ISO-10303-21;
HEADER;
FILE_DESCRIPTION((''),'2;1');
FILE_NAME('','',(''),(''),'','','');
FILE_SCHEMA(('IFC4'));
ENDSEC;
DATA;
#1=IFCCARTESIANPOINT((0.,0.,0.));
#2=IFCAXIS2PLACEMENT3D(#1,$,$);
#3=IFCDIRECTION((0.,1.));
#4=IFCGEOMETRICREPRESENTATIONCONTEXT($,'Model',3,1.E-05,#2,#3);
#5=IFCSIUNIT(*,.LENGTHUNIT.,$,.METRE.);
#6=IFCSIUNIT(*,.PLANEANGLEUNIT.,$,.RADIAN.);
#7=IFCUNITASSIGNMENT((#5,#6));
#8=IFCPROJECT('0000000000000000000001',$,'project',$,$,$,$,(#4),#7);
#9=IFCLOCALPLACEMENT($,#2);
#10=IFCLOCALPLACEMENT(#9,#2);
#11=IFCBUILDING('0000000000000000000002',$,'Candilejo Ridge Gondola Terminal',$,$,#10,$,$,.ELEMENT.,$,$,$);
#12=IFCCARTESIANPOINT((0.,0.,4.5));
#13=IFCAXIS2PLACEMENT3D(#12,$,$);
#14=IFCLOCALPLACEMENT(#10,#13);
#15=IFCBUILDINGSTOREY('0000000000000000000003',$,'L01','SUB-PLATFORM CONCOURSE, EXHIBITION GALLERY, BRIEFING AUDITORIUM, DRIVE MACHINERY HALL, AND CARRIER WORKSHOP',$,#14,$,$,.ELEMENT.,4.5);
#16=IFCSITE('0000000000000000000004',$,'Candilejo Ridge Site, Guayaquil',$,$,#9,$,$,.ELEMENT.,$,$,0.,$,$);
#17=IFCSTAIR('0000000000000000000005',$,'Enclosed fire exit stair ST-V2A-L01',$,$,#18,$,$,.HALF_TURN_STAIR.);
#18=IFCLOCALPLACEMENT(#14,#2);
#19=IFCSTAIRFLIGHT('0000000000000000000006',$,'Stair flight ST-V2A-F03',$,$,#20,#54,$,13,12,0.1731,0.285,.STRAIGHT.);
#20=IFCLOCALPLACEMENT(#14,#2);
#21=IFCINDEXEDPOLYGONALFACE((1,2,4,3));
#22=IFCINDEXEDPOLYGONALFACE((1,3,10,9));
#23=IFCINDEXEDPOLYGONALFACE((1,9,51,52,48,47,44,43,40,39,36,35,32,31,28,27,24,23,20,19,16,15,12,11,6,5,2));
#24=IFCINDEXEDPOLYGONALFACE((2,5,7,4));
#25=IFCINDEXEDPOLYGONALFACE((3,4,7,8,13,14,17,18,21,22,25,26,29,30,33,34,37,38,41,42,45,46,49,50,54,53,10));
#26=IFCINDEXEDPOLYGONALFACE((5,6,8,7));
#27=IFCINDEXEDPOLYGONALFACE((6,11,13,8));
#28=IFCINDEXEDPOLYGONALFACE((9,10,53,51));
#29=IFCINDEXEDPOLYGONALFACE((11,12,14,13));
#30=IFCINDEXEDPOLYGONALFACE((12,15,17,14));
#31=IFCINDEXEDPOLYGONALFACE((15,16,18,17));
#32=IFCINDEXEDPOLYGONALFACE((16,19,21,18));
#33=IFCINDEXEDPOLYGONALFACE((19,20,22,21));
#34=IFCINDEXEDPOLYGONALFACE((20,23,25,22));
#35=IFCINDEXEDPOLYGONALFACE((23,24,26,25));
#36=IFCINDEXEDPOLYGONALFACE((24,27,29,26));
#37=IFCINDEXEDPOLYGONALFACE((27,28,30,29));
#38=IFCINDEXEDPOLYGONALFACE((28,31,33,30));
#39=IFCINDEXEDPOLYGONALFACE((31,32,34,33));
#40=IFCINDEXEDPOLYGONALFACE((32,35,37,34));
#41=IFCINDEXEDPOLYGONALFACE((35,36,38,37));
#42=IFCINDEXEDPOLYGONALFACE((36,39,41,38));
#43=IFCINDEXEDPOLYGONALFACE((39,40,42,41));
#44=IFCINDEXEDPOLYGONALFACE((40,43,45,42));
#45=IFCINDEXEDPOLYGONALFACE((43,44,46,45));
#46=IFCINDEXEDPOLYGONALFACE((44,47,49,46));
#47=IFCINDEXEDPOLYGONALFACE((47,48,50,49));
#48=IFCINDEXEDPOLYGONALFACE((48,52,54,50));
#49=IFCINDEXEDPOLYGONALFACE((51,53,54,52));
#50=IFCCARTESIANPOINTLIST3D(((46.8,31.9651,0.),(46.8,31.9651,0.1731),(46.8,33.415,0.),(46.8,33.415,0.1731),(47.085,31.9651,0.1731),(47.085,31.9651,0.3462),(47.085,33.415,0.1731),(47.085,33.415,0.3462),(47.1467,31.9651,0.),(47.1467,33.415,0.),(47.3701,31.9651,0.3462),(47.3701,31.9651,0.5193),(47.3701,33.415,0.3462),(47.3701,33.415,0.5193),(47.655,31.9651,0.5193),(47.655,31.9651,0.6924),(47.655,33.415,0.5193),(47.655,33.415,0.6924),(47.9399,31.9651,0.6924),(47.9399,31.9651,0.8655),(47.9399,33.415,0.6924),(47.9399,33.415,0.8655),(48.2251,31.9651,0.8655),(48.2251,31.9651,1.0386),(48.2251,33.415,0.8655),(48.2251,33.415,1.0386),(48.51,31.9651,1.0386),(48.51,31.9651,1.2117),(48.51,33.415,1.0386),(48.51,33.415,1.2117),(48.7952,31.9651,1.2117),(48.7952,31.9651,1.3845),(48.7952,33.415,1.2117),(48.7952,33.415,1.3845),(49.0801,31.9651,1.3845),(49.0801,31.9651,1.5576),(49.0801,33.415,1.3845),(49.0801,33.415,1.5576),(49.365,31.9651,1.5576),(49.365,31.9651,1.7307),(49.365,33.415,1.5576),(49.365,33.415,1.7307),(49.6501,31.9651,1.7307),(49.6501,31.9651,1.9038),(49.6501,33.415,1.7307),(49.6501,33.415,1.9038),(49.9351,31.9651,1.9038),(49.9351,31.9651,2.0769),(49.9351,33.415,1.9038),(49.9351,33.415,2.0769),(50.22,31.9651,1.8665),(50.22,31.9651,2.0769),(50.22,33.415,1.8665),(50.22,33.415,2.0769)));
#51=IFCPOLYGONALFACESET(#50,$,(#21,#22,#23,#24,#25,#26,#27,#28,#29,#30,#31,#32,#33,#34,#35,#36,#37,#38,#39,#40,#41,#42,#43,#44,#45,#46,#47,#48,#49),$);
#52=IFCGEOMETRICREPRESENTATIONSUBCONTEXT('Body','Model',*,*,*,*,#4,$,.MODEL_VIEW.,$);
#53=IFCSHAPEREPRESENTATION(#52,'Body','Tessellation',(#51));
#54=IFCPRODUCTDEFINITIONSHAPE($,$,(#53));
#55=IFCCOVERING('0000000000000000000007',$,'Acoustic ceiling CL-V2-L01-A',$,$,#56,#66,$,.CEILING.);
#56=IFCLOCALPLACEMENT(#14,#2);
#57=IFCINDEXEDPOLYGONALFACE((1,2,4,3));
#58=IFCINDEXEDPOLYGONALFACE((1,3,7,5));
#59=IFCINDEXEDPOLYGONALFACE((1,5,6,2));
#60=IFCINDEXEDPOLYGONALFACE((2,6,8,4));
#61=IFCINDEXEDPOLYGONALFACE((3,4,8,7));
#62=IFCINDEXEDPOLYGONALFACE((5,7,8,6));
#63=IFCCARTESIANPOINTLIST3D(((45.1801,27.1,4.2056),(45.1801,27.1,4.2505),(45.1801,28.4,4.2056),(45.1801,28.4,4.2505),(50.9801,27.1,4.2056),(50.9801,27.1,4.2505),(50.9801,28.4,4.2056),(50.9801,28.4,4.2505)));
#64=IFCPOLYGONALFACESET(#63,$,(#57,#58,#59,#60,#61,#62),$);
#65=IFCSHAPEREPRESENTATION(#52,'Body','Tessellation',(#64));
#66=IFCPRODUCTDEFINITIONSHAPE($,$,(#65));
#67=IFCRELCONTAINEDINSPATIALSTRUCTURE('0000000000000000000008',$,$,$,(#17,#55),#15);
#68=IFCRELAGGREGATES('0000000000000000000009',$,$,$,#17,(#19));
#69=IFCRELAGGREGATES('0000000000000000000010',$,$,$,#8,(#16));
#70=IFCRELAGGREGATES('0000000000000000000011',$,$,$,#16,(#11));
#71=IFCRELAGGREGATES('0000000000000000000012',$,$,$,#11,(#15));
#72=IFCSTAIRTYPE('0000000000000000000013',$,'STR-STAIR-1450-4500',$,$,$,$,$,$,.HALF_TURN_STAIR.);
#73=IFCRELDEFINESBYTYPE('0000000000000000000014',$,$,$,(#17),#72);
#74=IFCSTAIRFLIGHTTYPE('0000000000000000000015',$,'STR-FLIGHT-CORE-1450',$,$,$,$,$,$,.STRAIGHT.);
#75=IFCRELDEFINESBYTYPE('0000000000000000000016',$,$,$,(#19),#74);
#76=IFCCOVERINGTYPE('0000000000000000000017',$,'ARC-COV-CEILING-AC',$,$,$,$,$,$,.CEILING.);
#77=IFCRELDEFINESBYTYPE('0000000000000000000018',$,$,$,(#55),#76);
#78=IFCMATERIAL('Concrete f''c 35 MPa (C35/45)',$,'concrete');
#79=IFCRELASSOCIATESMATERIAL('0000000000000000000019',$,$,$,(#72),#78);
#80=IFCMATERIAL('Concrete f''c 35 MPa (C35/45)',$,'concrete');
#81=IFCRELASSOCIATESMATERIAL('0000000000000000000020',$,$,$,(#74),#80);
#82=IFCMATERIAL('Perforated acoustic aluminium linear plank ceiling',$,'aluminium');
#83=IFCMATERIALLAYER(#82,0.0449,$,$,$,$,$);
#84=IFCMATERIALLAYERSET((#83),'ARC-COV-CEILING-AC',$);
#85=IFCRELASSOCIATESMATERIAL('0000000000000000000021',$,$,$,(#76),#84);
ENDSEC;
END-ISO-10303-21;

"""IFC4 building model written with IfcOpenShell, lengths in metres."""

from ifc_helpers import new_model, si_unit, direction, frame, origin, origin_2d, place, context, subcontext, project, spatial, polyline, rectangle, outline, extrude, material, layer, layer_set, type_object, element, aggregate, save


model = new_model("IFC4")

# Units and contexts
model_context = context("Model", 3, precision=1e-05, world=origin(), true_north=direction((0.0, 1.0)))
body_context = subcontext(model_context, "Body", "Model", "MODEL_VIEW")
ifc_project = project(units=[si_unit("LENGTHUNIT", "METRE"), si_unit("PLANEANGLEUNIT", "RADIAN")], contexts=[model_context])

# Site, building, storey
site_placement = place(None, origin())
site = spatial("IfcSite", under=ifc_project, at=site_placement, Name="Candilejo Ridge Site, Guayaquil", CompositionType="ELEMENT", RefElevation=0.0)
building_placement = place(site_placement, origin())
building = spatial("IfcBuilding", under=site, at=building_placement, Name="Candilejo Ridge Gondola Terminal", CompositionType="ELEMENT")
storey_placement = place(building_placement, frame((0.0, 0.0, 4.5)))
storey = spatial("IfcBuildingStorey", under=building, at=storey_placement, Name="L01", Description="SUB-PLATFORM CONCOURSE, EXHIBITION GALLERY, BRIEFING AUDITORIUM, DRIVE MACHINERY HALL, AND CARRIER WORKSHOP", CompositionType="ELEMENT", Elevation=4.5)

# Stair, stair flight
ifc_material_1 = material(Name="Concrete f'c 35 MPa (C35/45)", Category="concrete")
stair_type = type_object("IfcStairType", Name="STR-STAIR-1450-4500", PredefinedType="HALF_TURN_STAIR", material=ifc_material_1)
stair_placement = place(storey_placement, origin())
stair = element("IfcStair", 1, at=stair_placement, inside=storey, type_object=stair_type, Name="Enclosed fire exit stair ST-V2A-L01", PredefinedType="HALF_TURN_STAIR")
ifc_material_2 = material(Name="Concrete f'c 35 MPa (C35/45)", Category="concrete")
stair_flight_type = type_object("IfcStairFlightType", Name="STR-FLIGHT-CORE-1450", PredefinedType="STRAIGHT", material=ifc_material_2)
stair_flight_placement = place(storey_placement, frame((46.8, 32.6899, 0.0), z_axis=(0.0, 0.0, 1.0), x_axis=(1.0, 0.0, 0.0)))
stair_flight = element("IfcStairFlight", 2, at=stair_flight_placement, type_object=stair_flight_type, Name="Stair flight ST-V2A-F03", NumberOfRisers=13, NumberOfTreads=12, PredefinedType="STRAIGHT", RiserHeight=0.1731, TreadLength=0.285, context=body_context, shape_type="SweptSolid", body=[
    extrude(outline(polyline([(0.0, 0.0), (0.0, 0.1731), (0.2849, 0.1731), (0.2849, 0.3462), (0.5701, 0.3462), (0.5701, 0.5193), (0.855, 0.5193), (0.855, 0.6924), (1.1399, 0.6924), (1.1399, 0.8655), (1.425, 0.8655), (1.425, 1.0386), (1.71, 1.0386), (1.71, 1.2117), (1.9951, 1.2117), (1.9951, 1.3845), (2.28, 1.3845), (2.28, 1.5576), (2.5649, 1.5576), (2.5649, 1.7307), (2.8501, 1.7307), (2.8501, 1.9038), (3.135, 1.9038), (3.135, 2.0769), (3.4199, 2.0769), (3.4199, 2.25), (3.4199, 1.8665), (0.3467, 0.0), (0.0, 0.0)])), frame((0.0, 0.7251, 0.0), z_axis=(0.0, -1.0, 0.0), x_axis=(1.0, 0.0, 0.0)), (0.0, 0.0, 1.0), 1.45),
])
aggregate(stair, [stair_flight])

# Covering
ifc_material_3 = material(Name="Perforated acoustic aluminium linear plank ceiling", Category="aluminium")
ifc_layer_1 = layer(ifc_material_3, 0.0449)
ifc_layer_set_1 = layer_set([ifc_layer_1], Name="ARC-COV-CEILING-AC")
covering_type = type_object("IfcCoveringType", Name="ARC-COV-CEILING-AC", PredefinedType="CEILING", material=ifc_layer_set_1)
covering_placement = place(storey_placement, frame((48.0801, 27.75, 4.2056), z_axis=(0.0, 0.0, 1.0), x_axis=(1.0, 0.0, 0.0)))
element("IfcCovering", 3, at=covering_placement, inside=storey, type_object=covering_type, Name="Acoustic ceiling CL-V2-L01-A", PredefinedType="CEILING", context=body_context, shape_type="SweptSolid", body=[
    extrude(rectangle(XDim=5.8, YDim=1.3, at=origin_2d()), origin(), (0.0, 0.0, 1.0), 0.0449),
])

save(model, "model.ifc")
